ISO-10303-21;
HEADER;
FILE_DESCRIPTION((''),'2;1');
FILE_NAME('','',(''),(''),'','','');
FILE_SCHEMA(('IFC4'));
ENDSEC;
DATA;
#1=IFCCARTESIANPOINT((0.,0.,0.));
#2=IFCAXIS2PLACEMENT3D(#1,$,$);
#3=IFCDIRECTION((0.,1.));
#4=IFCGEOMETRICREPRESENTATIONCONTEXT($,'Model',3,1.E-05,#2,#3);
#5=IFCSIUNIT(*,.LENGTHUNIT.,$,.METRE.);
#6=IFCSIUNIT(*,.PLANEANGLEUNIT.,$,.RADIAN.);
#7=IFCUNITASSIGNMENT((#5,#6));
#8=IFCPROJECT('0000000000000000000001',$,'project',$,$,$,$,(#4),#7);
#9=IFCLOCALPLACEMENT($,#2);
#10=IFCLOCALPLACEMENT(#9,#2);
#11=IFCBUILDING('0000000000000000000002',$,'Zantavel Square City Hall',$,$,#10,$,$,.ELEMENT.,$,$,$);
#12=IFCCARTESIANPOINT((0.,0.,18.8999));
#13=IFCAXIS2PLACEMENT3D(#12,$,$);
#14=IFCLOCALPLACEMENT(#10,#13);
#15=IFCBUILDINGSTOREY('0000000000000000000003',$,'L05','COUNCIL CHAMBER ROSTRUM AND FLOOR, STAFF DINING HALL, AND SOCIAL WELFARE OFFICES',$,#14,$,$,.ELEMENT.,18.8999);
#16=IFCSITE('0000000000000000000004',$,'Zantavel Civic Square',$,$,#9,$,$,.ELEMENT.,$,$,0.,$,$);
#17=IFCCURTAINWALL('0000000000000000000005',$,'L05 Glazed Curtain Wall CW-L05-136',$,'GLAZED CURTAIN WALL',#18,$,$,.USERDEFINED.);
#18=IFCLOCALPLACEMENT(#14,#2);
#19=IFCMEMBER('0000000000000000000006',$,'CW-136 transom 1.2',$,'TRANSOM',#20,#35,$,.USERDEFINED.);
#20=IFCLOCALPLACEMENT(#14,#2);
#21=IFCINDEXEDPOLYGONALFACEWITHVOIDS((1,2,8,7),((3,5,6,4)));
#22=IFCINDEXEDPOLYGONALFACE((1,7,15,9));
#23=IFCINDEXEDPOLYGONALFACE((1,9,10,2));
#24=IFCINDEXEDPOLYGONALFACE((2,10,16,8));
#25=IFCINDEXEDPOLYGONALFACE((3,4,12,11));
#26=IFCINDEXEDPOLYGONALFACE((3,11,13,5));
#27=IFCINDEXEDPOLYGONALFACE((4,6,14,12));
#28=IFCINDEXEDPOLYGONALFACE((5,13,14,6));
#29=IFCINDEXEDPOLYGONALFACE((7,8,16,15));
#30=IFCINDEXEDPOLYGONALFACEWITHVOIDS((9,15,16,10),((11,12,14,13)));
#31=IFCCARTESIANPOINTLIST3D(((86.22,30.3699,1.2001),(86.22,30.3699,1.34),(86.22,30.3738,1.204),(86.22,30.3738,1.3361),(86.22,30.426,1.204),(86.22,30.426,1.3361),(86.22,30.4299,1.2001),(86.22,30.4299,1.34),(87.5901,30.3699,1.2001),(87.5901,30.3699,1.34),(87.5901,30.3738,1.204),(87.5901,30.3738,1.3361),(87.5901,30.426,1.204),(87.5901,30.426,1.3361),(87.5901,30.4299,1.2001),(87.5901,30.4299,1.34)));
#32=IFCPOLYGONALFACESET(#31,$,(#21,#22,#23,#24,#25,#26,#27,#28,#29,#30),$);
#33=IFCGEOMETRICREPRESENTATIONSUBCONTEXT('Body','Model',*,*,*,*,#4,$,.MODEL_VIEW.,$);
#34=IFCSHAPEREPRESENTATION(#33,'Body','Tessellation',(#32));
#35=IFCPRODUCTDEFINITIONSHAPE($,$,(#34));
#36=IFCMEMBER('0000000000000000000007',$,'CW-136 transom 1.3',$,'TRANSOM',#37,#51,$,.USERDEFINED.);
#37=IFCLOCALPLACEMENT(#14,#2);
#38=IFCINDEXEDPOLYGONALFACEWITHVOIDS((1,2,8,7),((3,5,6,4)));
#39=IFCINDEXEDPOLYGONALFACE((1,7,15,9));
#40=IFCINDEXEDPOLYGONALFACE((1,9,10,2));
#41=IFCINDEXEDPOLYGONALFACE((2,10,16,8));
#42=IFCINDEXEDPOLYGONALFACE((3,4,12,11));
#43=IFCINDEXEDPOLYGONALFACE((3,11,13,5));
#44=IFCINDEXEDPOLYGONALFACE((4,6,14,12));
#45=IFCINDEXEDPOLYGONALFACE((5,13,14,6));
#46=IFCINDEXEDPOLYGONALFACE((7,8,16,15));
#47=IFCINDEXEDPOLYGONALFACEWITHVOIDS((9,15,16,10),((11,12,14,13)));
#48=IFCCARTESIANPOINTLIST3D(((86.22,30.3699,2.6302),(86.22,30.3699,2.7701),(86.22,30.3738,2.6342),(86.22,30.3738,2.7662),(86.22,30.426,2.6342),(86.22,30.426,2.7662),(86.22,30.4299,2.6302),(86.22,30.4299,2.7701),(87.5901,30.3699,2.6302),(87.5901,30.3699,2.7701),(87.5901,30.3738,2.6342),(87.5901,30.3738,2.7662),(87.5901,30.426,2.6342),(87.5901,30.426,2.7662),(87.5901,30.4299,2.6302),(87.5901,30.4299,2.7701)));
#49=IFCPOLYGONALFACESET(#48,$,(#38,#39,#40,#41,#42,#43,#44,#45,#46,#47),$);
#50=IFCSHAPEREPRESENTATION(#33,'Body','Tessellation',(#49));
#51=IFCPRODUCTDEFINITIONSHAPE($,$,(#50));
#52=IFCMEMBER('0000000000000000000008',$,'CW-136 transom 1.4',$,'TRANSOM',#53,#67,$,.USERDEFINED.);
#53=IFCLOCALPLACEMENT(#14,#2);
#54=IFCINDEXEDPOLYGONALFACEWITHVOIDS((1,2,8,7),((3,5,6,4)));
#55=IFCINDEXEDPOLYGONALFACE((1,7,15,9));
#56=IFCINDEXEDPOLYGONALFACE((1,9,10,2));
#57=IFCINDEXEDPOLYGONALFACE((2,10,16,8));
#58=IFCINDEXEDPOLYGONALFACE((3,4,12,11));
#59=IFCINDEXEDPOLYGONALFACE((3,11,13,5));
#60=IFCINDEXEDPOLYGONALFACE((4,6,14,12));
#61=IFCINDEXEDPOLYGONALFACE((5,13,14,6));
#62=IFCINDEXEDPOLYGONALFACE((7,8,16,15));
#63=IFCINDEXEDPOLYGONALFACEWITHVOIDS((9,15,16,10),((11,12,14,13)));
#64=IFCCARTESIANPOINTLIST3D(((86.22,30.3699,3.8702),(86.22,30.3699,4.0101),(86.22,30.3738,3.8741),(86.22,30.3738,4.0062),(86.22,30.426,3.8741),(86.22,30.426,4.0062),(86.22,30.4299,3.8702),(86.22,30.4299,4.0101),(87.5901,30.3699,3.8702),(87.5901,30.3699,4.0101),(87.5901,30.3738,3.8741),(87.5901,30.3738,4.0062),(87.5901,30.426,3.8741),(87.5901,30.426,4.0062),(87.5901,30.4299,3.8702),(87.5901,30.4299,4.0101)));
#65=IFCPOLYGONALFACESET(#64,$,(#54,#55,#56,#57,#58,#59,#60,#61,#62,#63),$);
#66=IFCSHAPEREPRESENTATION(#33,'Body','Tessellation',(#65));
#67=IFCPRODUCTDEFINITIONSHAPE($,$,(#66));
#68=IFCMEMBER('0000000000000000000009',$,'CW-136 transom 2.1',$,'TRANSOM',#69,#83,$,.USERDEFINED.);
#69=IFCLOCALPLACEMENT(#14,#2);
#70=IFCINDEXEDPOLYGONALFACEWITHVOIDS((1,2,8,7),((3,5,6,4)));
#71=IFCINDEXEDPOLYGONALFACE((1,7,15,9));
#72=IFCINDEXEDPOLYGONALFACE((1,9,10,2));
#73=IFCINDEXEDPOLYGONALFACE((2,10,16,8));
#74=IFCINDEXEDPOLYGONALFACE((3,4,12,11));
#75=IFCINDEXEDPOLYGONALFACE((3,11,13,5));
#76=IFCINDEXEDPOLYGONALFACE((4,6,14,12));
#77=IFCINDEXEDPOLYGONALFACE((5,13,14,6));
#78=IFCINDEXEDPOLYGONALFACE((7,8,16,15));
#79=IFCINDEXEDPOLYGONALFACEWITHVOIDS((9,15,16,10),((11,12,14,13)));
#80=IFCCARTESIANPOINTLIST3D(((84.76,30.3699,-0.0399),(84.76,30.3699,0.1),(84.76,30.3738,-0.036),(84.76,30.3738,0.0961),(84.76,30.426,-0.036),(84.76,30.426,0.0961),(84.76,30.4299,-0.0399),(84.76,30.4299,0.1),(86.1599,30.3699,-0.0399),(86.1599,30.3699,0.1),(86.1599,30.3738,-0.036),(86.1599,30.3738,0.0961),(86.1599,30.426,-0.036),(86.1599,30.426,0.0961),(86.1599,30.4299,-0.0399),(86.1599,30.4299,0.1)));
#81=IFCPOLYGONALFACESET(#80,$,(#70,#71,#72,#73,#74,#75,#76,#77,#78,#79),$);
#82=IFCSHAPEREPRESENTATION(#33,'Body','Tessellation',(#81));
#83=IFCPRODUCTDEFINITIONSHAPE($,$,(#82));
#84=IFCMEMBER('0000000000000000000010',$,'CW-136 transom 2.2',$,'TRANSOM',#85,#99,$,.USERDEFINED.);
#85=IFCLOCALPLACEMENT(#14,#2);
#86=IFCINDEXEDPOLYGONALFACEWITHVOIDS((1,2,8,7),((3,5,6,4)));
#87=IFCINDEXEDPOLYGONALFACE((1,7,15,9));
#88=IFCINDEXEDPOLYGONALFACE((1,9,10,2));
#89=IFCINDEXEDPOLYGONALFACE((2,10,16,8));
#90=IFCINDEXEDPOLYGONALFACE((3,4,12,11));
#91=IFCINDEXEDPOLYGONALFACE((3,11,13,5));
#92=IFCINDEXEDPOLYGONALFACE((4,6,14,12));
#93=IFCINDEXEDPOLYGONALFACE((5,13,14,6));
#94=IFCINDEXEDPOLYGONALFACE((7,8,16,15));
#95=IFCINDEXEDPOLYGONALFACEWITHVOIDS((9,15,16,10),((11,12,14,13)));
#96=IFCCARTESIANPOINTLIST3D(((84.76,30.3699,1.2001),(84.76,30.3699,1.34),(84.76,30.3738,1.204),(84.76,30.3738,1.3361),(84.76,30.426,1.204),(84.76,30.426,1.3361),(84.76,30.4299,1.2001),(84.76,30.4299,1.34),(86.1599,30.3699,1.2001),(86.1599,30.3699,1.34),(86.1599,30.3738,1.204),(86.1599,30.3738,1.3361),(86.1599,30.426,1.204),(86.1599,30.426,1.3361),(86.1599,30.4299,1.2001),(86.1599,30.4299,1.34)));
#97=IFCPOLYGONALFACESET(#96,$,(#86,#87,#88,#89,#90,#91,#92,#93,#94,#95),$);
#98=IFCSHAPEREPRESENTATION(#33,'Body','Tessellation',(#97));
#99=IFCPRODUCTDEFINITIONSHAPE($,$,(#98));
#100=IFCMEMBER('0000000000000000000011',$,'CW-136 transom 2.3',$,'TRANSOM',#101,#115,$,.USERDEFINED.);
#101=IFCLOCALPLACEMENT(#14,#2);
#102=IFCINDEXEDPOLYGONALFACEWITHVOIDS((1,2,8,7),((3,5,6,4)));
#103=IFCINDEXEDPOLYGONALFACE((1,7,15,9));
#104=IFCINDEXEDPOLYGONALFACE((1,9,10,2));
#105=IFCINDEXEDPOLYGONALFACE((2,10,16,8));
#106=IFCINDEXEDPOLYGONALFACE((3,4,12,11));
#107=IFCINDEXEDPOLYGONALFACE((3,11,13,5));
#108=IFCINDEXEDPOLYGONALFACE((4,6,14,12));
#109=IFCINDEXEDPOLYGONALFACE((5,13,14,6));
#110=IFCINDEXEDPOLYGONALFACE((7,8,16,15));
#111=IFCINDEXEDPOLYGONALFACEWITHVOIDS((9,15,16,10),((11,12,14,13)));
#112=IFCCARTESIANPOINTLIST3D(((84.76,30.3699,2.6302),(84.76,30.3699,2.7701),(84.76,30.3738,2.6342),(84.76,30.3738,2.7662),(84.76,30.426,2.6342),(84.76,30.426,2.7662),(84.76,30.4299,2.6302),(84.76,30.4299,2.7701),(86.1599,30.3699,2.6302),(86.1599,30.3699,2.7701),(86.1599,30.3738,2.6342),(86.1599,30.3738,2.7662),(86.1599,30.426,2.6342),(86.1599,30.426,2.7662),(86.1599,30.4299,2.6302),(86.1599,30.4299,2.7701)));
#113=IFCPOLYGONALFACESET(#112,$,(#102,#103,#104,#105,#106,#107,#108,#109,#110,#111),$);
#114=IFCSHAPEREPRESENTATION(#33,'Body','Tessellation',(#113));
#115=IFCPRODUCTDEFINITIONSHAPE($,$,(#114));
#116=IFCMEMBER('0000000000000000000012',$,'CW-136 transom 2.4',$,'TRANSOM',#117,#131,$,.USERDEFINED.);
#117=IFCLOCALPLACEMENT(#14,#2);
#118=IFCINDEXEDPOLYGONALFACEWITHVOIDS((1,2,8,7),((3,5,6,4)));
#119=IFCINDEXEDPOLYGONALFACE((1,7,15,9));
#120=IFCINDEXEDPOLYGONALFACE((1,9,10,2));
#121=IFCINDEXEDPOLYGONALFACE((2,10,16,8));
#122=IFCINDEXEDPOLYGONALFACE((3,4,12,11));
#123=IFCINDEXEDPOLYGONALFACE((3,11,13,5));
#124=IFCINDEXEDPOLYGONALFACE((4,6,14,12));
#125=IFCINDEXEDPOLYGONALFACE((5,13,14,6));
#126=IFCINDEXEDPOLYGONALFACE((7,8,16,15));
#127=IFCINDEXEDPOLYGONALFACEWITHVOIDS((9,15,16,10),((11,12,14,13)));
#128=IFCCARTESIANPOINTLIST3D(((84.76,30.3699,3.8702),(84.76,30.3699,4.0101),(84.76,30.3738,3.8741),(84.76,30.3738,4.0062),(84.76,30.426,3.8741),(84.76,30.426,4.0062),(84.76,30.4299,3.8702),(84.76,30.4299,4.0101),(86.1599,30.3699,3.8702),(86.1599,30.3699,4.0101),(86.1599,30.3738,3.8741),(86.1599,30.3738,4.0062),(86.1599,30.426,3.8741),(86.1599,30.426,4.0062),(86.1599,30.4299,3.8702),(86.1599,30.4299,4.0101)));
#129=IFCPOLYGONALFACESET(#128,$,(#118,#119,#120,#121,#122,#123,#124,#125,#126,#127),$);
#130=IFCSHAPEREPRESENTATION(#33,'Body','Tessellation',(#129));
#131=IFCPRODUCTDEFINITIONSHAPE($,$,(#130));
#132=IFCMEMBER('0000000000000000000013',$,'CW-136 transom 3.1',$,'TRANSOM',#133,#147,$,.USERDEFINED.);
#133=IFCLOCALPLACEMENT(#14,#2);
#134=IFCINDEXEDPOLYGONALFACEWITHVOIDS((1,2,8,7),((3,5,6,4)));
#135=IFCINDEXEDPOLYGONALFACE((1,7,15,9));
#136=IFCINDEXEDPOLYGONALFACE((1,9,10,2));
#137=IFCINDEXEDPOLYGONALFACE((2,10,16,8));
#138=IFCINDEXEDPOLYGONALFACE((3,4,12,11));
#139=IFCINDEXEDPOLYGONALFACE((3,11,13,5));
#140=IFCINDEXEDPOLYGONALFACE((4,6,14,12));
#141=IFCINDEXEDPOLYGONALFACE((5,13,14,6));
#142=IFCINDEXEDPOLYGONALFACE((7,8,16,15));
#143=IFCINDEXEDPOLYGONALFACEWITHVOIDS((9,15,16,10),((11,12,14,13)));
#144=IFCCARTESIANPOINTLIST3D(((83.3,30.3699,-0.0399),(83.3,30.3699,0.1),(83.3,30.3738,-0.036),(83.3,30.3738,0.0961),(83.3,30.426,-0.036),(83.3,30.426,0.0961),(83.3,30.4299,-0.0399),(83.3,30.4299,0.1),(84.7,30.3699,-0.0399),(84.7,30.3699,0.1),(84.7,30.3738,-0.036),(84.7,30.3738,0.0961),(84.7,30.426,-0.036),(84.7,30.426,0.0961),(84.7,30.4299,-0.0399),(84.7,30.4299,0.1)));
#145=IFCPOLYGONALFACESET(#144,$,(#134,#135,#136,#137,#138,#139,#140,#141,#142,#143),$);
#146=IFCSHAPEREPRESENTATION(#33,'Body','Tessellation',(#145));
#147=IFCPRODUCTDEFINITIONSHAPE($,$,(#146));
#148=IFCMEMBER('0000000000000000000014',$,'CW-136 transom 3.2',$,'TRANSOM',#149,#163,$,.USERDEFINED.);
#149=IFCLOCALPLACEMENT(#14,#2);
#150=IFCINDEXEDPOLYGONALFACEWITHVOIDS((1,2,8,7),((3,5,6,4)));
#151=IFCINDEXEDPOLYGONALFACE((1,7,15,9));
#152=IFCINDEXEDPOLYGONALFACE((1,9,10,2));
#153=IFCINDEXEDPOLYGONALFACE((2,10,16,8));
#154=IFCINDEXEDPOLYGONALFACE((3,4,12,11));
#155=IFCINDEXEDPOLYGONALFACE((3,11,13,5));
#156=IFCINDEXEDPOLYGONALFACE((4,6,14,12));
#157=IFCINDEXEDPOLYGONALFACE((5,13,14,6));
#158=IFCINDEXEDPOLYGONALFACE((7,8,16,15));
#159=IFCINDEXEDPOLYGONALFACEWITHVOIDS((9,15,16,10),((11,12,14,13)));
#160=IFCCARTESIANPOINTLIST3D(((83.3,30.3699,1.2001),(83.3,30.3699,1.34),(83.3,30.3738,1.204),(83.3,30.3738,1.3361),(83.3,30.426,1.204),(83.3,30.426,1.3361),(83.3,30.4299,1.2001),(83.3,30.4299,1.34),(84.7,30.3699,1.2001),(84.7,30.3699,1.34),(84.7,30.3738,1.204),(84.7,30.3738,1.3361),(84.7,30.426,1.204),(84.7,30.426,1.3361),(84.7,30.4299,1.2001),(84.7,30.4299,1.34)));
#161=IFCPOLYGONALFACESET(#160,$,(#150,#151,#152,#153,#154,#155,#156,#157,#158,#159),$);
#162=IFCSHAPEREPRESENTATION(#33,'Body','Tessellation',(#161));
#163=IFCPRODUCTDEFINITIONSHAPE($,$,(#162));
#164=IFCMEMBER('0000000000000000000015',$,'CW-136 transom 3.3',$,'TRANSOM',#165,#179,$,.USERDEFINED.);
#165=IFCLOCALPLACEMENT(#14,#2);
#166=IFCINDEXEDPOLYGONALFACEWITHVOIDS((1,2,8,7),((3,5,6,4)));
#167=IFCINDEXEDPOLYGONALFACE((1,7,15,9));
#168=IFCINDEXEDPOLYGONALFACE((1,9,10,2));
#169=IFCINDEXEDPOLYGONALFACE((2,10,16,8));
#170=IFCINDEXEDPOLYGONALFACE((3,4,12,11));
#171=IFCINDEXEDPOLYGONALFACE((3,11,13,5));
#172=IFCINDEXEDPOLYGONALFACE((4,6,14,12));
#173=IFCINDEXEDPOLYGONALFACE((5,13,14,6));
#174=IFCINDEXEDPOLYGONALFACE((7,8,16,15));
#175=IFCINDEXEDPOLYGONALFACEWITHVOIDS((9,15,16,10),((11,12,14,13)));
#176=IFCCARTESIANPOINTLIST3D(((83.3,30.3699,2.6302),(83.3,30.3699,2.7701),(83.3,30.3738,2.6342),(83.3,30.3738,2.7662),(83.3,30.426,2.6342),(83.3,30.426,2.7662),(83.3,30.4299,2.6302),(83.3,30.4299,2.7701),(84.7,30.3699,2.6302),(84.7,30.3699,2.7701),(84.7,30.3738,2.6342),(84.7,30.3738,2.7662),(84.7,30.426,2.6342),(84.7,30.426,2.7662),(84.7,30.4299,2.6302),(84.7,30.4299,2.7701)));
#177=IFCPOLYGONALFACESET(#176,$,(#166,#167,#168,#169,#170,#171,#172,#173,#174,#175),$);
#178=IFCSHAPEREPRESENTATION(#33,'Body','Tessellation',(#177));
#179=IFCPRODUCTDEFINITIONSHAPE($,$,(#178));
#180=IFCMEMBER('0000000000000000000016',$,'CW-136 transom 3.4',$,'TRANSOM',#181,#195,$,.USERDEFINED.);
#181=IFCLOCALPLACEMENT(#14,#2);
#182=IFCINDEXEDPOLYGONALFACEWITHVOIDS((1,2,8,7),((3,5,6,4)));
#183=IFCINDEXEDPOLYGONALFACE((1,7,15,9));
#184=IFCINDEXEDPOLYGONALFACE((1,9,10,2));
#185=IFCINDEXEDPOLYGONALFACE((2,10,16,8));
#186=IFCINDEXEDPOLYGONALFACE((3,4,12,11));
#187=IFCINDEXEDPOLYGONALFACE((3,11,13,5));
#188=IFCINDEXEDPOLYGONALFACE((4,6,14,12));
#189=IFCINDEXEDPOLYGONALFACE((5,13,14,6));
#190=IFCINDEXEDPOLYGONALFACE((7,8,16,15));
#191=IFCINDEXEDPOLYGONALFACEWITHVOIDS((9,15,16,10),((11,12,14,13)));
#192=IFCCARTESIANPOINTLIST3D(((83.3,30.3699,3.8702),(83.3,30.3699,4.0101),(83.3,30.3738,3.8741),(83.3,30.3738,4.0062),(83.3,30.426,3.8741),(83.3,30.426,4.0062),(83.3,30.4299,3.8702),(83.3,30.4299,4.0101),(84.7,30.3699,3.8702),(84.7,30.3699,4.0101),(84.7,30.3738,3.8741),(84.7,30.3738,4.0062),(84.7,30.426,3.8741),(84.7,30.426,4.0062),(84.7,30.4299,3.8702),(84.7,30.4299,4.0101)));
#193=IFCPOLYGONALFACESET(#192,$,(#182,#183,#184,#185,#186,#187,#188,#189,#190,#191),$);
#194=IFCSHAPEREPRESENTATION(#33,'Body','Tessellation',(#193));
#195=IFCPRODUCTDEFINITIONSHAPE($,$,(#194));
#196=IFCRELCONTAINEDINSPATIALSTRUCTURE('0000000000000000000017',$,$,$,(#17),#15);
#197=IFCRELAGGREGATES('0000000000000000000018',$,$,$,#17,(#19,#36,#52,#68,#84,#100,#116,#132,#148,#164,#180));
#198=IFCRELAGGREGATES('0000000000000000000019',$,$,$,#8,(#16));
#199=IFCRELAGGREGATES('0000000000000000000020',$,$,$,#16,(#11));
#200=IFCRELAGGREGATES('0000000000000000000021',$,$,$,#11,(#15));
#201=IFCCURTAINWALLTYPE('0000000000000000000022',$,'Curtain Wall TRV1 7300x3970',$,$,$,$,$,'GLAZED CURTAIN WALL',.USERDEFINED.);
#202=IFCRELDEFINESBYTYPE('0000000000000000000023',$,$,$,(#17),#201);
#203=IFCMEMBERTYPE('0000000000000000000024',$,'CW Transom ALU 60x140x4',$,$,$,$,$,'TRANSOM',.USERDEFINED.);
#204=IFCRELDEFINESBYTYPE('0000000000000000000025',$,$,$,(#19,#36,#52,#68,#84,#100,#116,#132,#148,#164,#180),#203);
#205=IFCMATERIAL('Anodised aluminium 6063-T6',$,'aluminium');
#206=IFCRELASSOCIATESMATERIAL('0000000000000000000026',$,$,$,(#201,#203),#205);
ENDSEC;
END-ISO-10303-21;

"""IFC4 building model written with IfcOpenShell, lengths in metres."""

from ifc_helpers import new_model, si_unit, direction, frame, origin, origin_2d, place, context, subcontext, project, spatial, hollow_rectangle, extrude, material, material_profile, profile_set, type_object, element, aggregate, save


model = new_model("IFC4")

# Units and contexts
model_context = context("Model", 3, precision=1e-05, world=origin(), true_north=direction((0.0, 1.0)))
body_context = subcontext(model_context, "Body", "Model", "MODEL_VIEW")
ifc_project = project(units=[si_unit("LENGTHUNIT", "METRE"), si_unit("PLANEANGLEUNIT", "RADIAN")], contexts=[model_context])

# Site, building, storey
site_placement = place(None, origin())
site = spatial("IfcSite", under=ifc_project, at=site_placement, Name="Zantavel Civic Square", CompositionType="ELEMENT", RefElevation=0.0)
building_placement = place(site_placement, origin())
building = spatial("IfcBuilding", under=site, at=building_placement, Name="Zantavel Square City Hall", CompositionType="ELEMENT")
storey_placement = place(building_placement, frame((0.0, 0.0, 18.8999)))
storey = spatial("IfcBuildingStorey", under=building, at=storey_placement, Name="L05", Description="COUNCIL CHAMBER ROSTRUM AND FLOOR, STAFF DINING HALL, AND SOCIAL WELFARE OFFICES", CompositionType="ELEMENT", Elevation=18.8999)

# Curtain wall
ifc_material_1 = material(Name="Anodised aluminium 6063-T6", Category="aluminium")
curtain_wall_type = type_object("IfcCurtainWallType", Name="Curtain Wall TRV1 7300x3970", ElementType="GLAZED CURTAIN WALL", PredefinedType="USERDEFINED", material=ifc_material_1)
curtain_wall_1_placement = place(storey_placement, origin())
curtain_wall_1 = element("IfcCurtainWall", 1, at=curtain_wall_1_placement, inside=storey, type_object=curtain_wall_type, Name="L05 Glazed Curtain Wall CW-L05-136", ObjectType="GLAZED CURTAIN WALL", PredefinedType="USERDEFINED")

# Members
ifc_material_profile_1 = material_profile(ifc_material_1, hollow_rectangle(XDim=0.0601, YDim=0.1399, WallThickness=0.0039, at=origin_2d()), Name="ALU 60x140x4")
ifc_profile_set_1 = profile_set([ifc_material_profile_1], Name="Anodised aluminium 6063-T6")
member_type_1 = type_object("IfcMemberType", Name="CW Transom ALU 60x140x4", ElementType="TRANSOM", PredefinedType="USERDEFINED", material=ifc_profile_set_1)
member_1_placement = place(storey_placement, frame((87.5901, 30.3999, 1.27), z_axis=(-1.0, 0.0, 0.0), x_axis=(0.0, -1.0, 0.0)))
member_1 = element("IfcMember", 2, at=member_1_placement, type_object=member_type_1, Name="CW-136 transom 1.2", ObjectType="TRANSOM", PredefinedType="USERDEFINED", context=body_context, shape_type="SweptSolid", body=[
    extrude(hollow_rectangle(XDim=0.0601, YDim=0.1399, WallThickness=0.0039, at=origin_2d()), origin(), (0.0, 0.0, 1.0), 1.3701),
])
member_2_placement = place(storey_placement, frame((87.5901, 30.3999, 2.7002), z_axis=(-1.0, 0.0, 0.0), x_axis=(0.0, -1.0, 0.0)))
member_2 = element("IfcMember", 3, at=member_2_placement, type_object=member_type_1, Name="CW-136 transom 1.3", ObjectType="TRANSOM", PredefinedType="USERDEFINED", context=body_context, shape_type="SweptSolid", body=[
    extrude(hollow_rectangle(XDim=0.0601, YDim=0.1399, WallThickness=0.0039, at=origin_2d()), origin(), (0.0, 0.0, 1.0), 1.3701),
])
member_3_placement = place(storey_placement, frame((87.5901, 30.3999, 3.9402), z_axis=(-1.0, 0.0, 0.0), x_axis=(0.0, -1.0, 0.0)))
member_3 = element("IfcMember", 4, at=member_3_placement, type_object=member_type_1, Name="CW-136 transom 1.4", ObjectType="TRANSOM", PredefinedType="USERDEFINED", context=body_context, shape_type="SweptSolid", body=[
    extrude(hollow_rectangle(XDim=0.0601, YDim=0.1399, WallThickness=0.0039, at=origin_2d()), origin(), (0.0, 0.0, 1.0), 1.3701),
])
member_4_placement = place(storey_placement, frame((86.1599, 30.3999, 0.03), z_axis=(-1.0, 0.0, 0.0), x_axis=(0.0, -1.0, 0.0)))
member_4 = element("IfcMember", 5, at=member_4_placement, type_object=member_type_1, Name="CW-136 transom 2.1", ObjectType="TRANSOM", PredefinedType="USERDEFINED", context=body_context, shape_type="SweptSolid", body=[
    extrude(hollow_rectangle(XDim=0.0601, YDim=0.1399, WallThickness=0.0039, at=origin_2d()), origin(), (0.0, 0.0, 1.0), 1.3999),
])
member_5_placement = place(storey_placement, frame((86.1599, 30.3999, 1.27), z_axis=(-1.0, 0.0, 0.0), x_axis=(0.0, -1.0, 0.0)))
member_5 = element("IfcMember", 6, at=member_5_placement, type_object=member_type_1, Name="CW-136 transom 2.2", ObjectType="TRANSOM", PredefinedType="USERDEFINED", context=body_context, shape_type="SweptSolid", body=[
    extrude(hollow_rectangle(XDim=0.0601, YDim=0.1399, WallThickness=0.0039, at=origin_2d()), origin(), (0.0, 0.0, 1.0), 1.3999),
])
member_6_placement = place(storey_placement, frame((86.1599, 30.3999, 2.7002), z_axis=(-1.0, 0.0, 0.0), x_axis=(0.0, -1.0, 0.0)))
member_6 = element("IfcMember", 7, at=member_6_placement, type_object=member_type_1, Name="CW-136 transom 2.3", ObjectType="TRANSOM", PredefinedType="USERDEFINED", context=body_context, shape_type="SweptSolid", body=[
    extrude(hollow_rectangle(XDim=0.0601, YDim=0.1399, WallThickness=0.0039, at=origin_2d()), origin(), (0.0, 0.0, 1.0), 1.3999),
])
member_7_placement = place(storey_placement, frame((86.1599, 30.3999, 3.9402), z_axis=(-1.0, 0.0, 0.0), x_axis=(0.0, -1.0, 0.0)))
member_7 = element("IfcMember", 8, at=member_7_placement, type_object=member_type_1, Name="CW-136 transom 2.4", ObjectType="TRANSOM", PredefinedType="USERDEFINED", context=body_context, shape_type="SweptSolid", body=[
    extrude(hollow_rectangle(XDim=0.0601, YDim=0.1399, WallThickness=0.0039, at=origin_2d()), origin(), (0.0, 0.0, 1.0), 1.3999),
])
member_8_placement = place(storey_placement, frame((84.7, 30.3999, 0.03), z_axis=(-1.0, 0.0, 0.0), x_axis=(0.0, -1.0, 0.0)))
member_8 = element("IfcMember", 9, at=member_8_placement, type_object=member_type_1, Name="CW-136 transom 3.1", ObjectType="TRANSOM", PredefinedType="USERDEFINED", context=body_context, shape_type="SweptSolid", body=[
    extrude(hollow_rectangle(XDim=0.0601, YDim=0.1399, WallThickness=0.0039, at=origin_2d()), origin(), (0.0, 0.0, 1.0), 1.3999),
])
member_9_placement = place(storey_placement, frame((84.7, 30.3999, 1.27), z_axis=(-1.0, 0.0, 0.0), x_axis=(0.0, -1.0, 0.0)))
member_9 = element("IfcMember", 10, at=member_9_placement, type_object=member_type_1, Name="CW-136 transom 3.2", ObjectType="TRANSOM", PredefinedType="USERDEFINED", context=body_context, shape_type="SweptSolid", body=[
    extrude(hollow_rectangle(XDim=0.0601, YDim=0.1399, WallThickness=0.0039, at=origin_2d()), origin(), (0.0, 0.0, 1.0), 1.3999),
])
member_10_placement = place(storey_placement, frame((84.7, 30.3999, 2.7002), z_axis=(-1.0, 0.0, 0.0), x_axis=(0.0, -1.0, 0.0)))
member_10 = element("IfcMember", 11, at=member_10_placement, type_object=member_type_1, Name="CW-136 transom 3.3", ObjectType="TRANSOM", PredefinedType="USERDEFINED", context=body_context, shape_type="SweptSolid", body=[
    extrude(hollow_rectangle(XDim=0.0601, YDim=0.1399, WallThickness=0.0039, at=origin_2d()), origin(), (0.0, 0.0, 1.0), 1.3999),
])
member_11_placement = place(storey_placement, frame((84.7, 30.3999, 3.9402), z_axis=(-1.0, 0.0, 0.0), x_axis=(0.0, -1.0, 0.0)))
member_11 = element("IfcMember", 12, at=member_11_placement, type_object=member_type_1, Name="CW-136 transom 3.4", ObjectType="TRANSOM", PredefinedType="USERDEFINED", context=body_context, shape_type="SweptSolid", body=[
    extrude(hollow_rectangle(XDim=0.0601, YDim=0.1399, WallThickness=0.0039, at=origin_2d()), origin(), (0.0, 0.0, 1.0), 1.3999),
])

aggregate(curtain_wall_1, [member_1, member_2, member_3, member_4, member_5, member_6, member_7, member_8, member_9, member_10, member_11])

save(model, "model.ifc")
